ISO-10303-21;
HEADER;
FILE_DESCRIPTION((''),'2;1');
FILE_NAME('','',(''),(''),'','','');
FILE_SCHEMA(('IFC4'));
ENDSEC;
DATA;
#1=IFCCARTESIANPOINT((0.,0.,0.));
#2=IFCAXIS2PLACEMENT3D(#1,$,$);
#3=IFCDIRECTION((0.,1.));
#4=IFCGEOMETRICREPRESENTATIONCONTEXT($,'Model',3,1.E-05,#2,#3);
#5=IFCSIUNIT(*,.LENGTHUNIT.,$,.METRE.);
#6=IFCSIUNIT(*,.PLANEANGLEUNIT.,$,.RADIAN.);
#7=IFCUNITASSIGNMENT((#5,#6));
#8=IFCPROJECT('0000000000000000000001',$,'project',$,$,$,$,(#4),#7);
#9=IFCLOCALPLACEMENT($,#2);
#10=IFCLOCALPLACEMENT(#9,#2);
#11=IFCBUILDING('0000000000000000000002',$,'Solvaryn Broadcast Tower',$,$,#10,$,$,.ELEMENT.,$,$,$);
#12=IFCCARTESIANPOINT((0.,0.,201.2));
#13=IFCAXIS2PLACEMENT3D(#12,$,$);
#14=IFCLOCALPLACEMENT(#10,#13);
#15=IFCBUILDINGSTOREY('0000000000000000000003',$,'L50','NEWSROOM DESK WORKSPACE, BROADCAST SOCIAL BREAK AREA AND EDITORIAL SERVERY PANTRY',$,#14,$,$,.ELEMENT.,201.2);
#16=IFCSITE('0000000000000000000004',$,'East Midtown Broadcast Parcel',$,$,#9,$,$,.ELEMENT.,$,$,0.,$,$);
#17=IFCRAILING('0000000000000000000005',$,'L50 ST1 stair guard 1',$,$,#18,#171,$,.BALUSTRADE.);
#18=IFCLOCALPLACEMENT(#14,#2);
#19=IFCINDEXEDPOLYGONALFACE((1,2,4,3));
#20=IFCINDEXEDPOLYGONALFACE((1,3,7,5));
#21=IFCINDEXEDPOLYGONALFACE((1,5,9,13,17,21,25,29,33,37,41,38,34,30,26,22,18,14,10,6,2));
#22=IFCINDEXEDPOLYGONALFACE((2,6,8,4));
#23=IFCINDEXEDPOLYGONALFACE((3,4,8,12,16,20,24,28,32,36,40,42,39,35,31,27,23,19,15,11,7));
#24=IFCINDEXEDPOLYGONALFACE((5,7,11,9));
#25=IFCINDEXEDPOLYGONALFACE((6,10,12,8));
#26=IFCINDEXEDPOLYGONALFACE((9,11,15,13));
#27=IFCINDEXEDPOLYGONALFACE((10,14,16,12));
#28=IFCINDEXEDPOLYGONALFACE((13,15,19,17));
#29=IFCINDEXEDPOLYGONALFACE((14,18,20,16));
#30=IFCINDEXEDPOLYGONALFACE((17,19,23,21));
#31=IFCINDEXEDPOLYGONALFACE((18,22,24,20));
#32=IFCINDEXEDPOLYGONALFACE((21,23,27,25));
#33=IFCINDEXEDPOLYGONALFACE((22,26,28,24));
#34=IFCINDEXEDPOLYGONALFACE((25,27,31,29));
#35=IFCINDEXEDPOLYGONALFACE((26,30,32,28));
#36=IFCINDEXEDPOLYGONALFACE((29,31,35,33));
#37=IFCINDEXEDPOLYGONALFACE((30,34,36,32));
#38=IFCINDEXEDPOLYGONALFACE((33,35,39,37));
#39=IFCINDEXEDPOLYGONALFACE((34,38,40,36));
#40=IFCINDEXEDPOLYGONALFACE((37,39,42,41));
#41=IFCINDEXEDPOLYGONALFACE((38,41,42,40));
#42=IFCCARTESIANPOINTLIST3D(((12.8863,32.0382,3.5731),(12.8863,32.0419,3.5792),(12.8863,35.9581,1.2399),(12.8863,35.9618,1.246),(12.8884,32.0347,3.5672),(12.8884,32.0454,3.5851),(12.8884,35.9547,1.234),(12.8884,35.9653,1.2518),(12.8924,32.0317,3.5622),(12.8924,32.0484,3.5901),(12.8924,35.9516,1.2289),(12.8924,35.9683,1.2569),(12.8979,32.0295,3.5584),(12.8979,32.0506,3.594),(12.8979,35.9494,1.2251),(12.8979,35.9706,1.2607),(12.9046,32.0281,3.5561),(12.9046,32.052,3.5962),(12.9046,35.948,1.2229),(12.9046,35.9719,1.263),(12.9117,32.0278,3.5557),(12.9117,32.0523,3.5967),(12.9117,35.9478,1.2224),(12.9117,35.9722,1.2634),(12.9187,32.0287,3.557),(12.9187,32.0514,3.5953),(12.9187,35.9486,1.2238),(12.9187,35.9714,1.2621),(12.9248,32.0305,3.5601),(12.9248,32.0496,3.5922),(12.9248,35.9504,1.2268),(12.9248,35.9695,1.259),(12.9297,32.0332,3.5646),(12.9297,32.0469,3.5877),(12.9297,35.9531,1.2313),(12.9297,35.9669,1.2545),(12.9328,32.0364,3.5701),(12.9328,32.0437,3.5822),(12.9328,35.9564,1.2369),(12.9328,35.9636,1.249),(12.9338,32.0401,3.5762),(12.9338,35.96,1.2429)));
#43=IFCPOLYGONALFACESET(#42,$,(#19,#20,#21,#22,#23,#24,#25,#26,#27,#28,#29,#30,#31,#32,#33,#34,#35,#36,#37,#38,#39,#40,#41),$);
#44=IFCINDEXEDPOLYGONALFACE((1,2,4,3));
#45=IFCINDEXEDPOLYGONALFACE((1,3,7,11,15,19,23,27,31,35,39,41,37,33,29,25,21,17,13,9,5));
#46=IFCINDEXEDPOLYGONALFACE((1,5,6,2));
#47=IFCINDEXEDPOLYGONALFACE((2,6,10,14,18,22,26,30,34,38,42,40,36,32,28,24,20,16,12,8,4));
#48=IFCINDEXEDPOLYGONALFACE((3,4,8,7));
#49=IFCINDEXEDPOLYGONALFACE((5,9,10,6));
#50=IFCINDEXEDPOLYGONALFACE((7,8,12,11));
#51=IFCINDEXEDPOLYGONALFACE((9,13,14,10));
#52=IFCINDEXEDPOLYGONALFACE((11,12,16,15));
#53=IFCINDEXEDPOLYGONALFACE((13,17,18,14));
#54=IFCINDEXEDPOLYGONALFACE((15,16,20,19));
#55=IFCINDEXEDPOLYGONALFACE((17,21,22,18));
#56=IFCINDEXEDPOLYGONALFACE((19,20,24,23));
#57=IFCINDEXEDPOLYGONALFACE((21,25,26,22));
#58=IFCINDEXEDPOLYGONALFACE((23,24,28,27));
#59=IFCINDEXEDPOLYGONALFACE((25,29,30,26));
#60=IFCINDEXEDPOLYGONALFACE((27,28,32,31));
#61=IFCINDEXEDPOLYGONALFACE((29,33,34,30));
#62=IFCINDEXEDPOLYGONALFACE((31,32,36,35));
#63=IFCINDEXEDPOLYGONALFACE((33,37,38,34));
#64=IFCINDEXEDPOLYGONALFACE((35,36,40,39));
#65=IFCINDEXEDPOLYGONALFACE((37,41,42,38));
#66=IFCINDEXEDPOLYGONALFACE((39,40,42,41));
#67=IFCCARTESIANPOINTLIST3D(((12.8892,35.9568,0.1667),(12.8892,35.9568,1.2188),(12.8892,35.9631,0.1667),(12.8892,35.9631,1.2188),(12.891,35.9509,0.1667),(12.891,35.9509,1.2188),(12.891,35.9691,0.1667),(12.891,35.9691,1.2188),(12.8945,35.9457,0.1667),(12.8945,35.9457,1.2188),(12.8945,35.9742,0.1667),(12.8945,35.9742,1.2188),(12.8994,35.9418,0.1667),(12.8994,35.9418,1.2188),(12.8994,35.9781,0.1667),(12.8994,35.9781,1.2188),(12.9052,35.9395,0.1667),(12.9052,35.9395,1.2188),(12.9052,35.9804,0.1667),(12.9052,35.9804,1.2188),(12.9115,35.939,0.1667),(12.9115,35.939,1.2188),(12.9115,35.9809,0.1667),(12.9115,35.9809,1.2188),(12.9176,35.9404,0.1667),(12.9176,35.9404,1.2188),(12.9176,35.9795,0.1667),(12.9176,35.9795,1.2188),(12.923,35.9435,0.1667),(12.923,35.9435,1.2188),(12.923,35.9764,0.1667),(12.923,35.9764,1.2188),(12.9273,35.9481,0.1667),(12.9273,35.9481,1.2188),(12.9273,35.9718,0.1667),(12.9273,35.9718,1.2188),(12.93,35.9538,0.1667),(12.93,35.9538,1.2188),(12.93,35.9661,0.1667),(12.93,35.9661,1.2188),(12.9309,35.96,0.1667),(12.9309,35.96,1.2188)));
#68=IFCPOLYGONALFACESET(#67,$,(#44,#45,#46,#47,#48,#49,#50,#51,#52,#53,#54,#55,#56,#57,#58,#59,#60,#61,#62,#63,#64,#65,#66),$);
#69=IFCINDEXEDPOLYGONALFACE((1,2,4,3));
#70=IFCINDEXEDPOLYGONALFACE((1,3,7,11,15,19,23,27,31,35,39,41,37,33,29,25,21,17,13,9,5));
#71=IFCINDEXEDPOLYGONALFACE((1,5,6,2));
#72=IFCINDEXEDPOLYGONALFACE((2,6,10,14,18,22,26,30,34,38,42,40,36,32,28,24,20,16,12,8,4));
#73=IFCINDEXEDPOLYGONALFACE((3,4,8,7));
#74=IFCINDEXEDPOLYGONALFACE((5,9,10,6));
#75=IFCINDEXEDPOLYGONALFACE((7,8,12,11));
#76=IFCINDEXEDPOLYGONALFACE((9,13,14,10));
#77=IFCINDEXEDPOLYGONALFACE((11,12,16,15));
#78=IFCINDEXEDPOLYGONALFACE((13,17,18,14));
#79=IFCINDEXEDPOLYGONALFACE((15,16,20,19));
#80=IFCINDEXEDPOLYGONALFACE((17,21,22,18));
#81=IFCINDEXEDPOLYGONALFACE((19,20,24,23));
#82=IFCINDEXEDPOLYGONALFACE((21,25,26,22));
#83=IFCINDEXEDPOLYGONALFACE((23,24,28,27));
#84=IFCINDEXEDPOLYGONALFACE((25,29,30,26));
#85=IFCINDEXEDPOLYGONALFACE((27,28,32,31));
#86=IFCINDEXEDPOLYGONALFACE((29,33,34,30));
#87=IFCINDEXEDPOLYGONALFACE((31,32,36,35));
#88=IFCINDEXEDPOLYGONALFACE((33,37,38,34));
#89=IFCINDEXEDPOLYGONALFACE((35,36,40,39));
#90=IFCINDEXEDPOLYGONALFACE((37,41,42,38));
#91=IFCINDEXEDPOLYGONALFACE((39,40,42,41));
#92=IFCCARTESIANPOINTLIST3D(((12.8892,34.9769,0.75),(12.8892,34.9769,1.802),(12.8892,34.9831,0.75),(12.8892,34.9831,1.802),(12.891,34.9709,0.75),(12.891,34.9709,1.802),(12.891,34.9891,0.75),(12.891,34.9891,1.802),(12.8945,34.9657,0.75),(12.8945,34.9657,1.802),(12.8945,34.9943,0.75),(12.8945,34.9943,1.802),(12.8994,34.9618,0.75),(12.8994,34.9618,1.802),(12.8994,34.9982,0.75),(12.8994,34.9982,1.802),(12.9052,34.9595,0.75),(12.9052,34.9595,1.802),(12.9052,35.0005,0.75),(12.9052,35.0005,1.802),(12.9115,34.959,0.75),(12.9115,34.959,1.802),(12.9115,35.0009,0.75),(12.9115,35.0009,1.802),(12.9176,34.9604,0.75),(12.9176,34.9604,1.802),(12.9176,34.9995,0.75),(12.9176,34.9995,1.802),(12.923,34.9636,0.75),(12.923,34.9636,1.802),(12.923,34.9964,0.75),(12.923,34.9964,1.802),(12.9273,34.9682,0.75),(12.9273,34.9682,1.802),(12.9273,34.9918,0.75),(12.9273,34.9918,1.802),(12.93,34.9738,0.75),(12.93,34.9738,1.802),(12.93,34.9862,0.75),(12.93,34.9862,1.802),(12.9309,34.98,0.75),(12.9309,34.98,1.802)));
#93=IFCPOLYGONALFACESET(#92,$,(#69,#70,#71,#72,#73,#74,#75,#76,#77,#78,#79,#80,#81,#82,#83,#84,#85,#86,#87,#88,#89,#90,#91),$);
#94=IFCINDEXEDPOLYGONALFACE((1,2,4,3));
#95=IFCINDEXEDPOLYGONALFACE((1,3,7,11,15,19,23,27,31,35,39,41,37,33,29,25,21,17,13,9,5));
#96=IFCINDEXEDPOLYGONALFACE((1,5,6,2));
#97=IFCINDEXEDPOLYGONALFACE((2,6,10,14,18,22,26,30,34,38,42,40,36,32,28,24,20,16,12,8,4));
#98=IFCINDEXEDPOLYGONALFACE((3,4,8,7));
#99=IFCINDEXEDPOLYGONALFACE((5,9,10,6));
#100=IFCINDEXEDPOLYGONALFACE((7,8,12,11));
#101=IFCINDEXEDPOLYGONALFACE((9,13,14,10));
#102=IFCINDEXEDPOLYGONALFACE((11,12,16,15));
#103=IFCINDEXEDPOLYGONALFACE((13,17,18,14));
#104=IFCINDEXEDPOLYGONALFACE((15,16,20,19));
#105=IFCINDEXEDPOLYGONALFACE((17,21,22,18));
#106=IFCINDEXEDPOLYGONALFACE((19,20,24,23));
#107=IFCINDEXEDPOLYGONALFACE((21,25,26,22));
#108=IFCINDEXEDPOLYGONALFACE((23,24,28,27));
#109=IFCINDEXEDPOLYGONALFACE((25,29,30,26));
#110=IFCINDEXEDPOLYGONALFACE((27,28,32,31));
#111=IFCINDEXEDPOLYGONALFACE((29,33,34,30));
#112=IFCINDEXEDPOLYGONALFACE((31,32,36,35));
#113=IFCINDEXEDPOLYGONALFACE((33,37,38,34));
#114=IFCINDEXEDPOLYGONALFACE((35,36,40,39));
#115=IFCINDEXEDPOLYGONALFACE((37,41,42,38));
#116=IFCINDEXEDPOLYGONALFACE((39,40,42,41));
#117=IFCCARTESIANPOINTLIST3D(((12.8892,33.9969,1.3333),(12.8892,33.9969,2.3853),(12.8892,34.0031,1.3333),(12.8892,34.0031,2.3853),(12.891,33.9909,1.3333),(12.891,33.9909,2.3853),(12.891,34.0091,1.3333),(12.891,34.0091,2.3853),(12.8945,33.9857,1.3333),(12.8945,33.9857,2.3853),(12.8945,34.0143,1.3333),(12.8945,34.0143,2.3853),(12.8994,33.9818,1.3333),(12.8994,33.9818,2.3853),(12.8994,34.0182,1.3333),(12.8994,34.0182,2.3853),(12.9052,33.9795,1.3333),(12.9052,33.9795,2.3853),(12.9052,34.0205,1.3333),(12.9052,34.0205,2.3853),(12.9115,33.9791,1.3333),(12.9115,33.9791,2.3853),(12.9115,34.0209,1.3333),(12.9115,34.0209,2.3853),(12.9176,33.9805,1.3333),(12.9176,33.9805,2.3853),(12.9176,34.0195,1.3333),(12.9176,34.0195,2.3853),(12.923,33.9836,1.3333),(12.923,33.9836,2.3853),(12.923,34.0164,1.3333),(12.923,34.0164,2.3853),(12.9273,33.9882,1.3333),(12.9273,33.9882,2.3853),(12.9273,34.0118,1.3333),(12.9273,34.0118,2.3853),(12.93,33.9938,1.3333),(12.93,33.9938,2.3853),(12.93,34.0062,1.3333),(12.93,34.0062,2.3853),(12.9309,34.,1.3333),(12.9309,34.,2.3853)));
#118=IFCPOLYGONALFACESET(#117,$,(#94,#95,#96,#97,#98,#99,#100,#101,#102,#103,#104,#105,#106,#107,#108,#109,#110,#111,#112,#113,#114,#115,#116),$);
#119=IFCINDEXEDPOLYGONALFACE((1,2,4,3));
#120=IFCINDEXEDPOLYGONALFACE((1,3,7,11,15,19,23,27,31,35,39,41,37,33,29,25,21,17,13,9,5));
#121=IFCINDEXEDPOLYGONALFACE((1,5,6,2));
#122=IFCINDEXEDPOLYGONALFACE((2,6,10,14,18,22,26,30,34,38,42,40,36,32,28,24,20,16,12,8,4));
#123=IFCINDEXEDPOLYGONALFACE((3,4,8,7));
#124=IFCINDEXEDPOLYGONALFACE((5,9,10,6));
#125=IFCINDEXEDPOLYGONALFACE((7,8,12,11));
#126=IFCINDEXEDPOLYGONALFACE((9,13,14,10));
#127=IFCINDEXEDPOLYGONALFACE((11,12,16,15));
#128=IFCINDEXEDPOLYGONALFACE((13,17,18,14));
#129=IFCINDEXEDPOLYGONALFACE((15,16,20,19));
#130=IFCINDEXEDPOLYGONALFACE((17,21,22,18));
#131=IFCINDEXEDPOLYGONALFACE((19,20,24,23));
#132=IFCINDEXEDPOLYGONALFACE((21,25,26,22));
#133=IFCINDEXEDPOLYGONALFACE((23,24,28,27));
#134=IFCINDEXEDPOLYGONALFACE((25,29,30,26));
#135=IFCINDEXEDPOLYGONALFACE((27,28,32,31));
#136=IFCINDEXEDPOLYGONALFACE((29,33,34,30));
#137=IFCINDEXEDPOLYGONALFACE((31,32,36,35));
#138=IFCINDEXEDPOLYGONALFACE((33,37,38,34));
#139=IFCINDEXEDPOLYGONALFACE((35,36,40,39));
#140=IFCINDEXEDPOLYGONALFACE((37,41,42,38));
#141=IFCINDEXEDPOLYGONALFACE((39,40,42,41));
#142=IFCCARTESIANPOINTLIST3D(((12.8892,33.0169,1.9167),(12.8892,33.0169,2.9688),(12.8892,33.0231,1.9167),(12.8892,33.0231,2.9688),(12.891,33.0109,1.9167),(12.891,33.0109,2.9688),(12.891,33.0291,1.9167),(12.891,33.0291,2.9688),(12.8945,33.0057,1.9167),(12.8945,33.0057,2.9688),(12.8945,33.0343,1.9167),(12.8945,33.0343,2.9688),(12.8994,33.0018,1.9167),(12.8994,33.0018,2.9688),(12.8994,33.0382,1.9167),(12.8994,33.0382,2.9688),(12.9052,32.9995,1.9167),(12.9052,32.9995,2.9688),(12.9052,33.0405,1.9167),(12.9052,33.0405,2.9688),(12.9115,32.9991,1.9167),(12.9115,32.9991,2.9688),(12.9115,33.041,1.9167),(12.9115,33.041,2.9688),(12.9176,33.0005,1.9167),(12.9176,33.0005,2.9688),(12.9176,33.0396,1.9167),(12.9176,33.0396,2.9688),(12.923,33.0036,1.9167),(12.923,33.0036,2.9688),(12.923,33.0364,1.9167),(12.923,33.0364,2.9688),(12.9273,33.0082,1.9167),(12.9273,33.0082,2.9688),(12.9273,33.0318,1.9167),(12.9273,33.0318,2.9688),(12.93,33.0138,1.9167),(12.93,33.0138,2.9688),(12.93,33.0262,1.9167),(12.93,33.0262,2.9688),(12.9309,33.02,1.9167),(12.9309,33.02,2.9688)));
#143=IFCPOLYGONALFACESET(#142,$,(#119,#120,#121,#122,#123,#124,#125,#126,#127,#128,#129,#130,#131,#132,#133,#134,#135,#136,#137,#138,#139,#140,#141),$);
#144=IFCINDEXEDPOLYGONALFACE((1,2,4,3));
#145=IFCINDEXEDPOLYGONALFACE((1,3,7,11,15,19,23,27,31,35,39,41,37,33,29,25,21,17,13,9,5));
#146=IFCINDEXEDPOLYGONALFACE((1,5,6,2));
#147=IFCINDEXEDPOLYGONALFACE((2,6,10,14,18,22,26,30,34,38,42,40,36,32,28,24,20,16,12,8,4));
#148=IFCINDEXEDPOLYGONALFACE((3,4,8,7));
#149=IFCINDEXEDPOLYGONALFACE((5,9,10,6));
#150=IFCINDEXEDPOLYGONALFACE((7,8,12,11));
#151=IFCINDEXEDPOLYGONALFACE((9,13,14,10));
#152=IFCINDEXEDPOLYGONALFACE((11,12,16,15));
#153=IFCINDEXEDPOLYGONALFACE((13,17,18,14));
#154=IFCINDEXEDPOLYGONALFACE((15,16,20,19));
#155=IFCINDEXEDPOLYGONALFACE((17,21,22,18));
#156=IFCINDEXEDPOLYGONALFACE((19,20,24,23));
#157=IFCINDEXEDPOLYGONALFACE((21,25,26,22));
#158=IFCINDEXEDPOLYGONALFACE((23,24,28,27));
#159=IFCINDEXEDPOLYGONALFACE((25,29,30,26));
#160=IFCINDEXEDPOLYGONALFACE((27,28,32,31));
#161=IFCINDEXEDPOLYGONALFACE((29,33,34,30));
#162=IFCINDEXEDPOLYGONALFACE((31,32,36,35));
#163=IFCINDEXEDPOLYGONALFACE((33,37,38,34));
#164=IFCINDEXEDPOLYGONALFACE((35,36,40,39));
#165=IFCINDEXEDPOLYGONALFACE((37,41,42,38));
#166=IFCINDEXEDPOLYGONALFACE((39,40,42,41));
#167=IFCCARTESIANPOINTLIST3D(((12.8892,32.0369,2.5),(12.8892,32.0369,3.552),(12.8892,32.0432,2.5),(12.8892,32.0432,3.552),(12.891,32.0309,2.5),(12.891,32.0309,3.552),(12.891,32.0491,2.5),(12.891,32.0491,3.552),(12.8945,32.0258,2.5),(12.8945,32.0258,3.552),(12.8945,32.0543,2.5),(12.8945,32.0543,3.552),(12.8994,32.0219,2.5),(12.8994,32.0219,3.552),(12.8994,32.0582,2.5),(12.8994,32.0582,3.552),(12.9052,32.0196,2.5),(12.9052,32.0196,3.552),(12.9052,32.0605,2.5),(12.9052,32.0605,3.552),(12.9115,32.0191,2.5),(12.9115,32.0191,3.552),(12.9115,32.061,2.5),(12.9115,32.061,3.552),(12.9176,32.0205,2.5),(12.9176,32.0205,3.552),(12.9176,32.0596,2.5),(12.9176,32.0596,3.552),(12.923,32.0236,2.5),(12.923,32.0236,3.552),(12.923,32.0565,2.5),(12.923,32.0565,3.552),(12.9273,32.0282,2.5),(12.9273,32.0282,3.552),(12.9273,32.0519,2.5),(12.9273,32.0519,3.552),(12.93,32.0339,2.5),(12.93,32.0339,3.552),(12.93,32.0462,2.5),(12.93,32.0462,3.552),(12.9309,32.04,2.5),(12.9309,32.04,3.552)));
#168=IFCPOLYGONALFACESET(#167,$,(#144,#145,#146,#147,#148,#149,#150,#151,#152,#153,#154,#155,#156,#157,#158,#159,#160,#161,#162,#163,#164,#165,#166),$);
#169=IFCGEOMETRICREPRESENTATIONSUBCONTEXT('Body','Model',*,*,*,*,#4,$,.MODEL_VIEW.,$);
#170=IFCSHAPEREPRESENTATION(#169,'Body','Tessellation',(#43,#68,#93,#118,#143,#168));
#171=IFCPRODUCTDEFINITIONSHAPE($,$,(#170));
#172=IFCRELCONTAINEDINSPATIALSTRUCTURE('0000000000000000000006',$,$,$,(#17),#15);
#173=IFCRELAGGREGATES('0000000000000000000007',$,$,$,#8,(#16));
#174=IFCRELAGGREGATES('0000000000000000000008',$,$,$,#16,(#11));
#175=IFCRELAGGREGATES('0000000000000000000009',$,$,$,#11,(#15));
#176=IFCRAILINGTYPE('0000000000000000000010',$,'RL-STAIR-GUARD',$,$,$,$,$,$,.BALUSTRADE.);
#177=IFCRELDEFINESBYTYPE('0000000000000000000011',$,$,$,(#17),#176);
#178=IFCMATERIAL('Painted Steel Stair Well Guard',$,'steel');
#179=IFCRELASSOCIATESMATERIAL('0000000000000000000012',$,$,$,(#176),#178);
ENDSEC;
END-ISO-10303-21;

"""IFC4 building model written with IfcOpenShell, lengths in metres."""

from ifc_helpers import new_model, si_unit, direction, frame, origin, origin_2d, place, context, subcontext, project, spatial, circle, extrude, material, type_object, element, save


model = new_model("IFC4")

# Units and contexts
model_context = context("Model", 3, precision=1e-05, world=origin(), true_north=direction((0.0, 1.0)))
body_context = subcontext(model_context, "Body", "Model", "MODEL_VIEW")
ifc_project = project(units=[si_unit("LENGTHUNIT", "METRE"), si_unit("PLANEANGLEUNIT", "RADIAN")], contexts=[model_context])

# Site, building, storey
site_placement = place(None, origin())
site = spatial("IfcSite", under=ifc_project, at=site_placement, Name="East Midtown Broadcast Parcel", CompositionType="ELEMENT", RefElevation=0.0)
building_placement = place(site_placement, origin())
building = spatial("IfcBuilding", under=site, at=building_placement, Name="Solvaryn Broadcast Tower", CompositionType="ELEMENT")
storey_placement = place(building_placement, frame((0.0, 0.0, 201.2)))
storey = spatial("IfcBuildingStorey", under=building, at=storey_placement, Name="L50", Description="NEWSROOM DESK WORKSPACE, BROADCAST SOCIAL BREAK AREA AND EDITORIAL SERVERY PANTRY", CompositionType="ELEMENT", Elevation=201.2)

# Railing
ifc_material_1 = material(Name="Painted Steel Stair Well Guard", Category="steel")
railing_type_1 = type_object("IfcRailingType", Name="RL-STAIR-GUARD", PredefinedType="BALUSTRADE", material=ifc_material_1)
railing_1_placement = place(storey_placement, frame((12.9099, 35.96, 0.1667)))
element("IfcRailing", 1, at=railing_1_placement, inside=storey, type_object=railing_type_1, Name="L50 ST1 stair guard 1", PredefinedType="BALUSTRADE", context=body_context, shape_type="SweptSolid", body=[
    extrude(circle(Radius=0.0239, at=origin_2d()), frame((0.0, 0.0, 1.0762), z_axis=(0.0, -0.859296, 0.511478), x_axis=(1.0, 0.0, 0.0)), (0.0, 0.0, 1.0), 4.5618),
    extrude(circle(Radius=0.021, at=origin_2d()), origin(), (0.0, 0.0, 1.0), 1.052),
    extrude(circle(Radius=0.021, at=origin_2d()), frame((0.0, -0.98, 0.5833)), (0.0, 0.0, 1.0), 1.052),
    extrude(circle(Radius=0.021, at=origin_2d()), frame((0.0, -1.96, 1.1665)), (0.0, 0.0, 1.0), 1.052),
    extrude(circle(Radius=0.021, at=origin_2d()), frame((0.0, -2.9399, 1.75)), (0.0, 0.0, 1.0), 1.052),
    extrude(circle(Radius=0.021, at=origin_2d()), frame((0.0, -3.9199, 2.3333)), (0.0, 0.0, 1.0), 1.052),
])

save(model, "model.ifc")
